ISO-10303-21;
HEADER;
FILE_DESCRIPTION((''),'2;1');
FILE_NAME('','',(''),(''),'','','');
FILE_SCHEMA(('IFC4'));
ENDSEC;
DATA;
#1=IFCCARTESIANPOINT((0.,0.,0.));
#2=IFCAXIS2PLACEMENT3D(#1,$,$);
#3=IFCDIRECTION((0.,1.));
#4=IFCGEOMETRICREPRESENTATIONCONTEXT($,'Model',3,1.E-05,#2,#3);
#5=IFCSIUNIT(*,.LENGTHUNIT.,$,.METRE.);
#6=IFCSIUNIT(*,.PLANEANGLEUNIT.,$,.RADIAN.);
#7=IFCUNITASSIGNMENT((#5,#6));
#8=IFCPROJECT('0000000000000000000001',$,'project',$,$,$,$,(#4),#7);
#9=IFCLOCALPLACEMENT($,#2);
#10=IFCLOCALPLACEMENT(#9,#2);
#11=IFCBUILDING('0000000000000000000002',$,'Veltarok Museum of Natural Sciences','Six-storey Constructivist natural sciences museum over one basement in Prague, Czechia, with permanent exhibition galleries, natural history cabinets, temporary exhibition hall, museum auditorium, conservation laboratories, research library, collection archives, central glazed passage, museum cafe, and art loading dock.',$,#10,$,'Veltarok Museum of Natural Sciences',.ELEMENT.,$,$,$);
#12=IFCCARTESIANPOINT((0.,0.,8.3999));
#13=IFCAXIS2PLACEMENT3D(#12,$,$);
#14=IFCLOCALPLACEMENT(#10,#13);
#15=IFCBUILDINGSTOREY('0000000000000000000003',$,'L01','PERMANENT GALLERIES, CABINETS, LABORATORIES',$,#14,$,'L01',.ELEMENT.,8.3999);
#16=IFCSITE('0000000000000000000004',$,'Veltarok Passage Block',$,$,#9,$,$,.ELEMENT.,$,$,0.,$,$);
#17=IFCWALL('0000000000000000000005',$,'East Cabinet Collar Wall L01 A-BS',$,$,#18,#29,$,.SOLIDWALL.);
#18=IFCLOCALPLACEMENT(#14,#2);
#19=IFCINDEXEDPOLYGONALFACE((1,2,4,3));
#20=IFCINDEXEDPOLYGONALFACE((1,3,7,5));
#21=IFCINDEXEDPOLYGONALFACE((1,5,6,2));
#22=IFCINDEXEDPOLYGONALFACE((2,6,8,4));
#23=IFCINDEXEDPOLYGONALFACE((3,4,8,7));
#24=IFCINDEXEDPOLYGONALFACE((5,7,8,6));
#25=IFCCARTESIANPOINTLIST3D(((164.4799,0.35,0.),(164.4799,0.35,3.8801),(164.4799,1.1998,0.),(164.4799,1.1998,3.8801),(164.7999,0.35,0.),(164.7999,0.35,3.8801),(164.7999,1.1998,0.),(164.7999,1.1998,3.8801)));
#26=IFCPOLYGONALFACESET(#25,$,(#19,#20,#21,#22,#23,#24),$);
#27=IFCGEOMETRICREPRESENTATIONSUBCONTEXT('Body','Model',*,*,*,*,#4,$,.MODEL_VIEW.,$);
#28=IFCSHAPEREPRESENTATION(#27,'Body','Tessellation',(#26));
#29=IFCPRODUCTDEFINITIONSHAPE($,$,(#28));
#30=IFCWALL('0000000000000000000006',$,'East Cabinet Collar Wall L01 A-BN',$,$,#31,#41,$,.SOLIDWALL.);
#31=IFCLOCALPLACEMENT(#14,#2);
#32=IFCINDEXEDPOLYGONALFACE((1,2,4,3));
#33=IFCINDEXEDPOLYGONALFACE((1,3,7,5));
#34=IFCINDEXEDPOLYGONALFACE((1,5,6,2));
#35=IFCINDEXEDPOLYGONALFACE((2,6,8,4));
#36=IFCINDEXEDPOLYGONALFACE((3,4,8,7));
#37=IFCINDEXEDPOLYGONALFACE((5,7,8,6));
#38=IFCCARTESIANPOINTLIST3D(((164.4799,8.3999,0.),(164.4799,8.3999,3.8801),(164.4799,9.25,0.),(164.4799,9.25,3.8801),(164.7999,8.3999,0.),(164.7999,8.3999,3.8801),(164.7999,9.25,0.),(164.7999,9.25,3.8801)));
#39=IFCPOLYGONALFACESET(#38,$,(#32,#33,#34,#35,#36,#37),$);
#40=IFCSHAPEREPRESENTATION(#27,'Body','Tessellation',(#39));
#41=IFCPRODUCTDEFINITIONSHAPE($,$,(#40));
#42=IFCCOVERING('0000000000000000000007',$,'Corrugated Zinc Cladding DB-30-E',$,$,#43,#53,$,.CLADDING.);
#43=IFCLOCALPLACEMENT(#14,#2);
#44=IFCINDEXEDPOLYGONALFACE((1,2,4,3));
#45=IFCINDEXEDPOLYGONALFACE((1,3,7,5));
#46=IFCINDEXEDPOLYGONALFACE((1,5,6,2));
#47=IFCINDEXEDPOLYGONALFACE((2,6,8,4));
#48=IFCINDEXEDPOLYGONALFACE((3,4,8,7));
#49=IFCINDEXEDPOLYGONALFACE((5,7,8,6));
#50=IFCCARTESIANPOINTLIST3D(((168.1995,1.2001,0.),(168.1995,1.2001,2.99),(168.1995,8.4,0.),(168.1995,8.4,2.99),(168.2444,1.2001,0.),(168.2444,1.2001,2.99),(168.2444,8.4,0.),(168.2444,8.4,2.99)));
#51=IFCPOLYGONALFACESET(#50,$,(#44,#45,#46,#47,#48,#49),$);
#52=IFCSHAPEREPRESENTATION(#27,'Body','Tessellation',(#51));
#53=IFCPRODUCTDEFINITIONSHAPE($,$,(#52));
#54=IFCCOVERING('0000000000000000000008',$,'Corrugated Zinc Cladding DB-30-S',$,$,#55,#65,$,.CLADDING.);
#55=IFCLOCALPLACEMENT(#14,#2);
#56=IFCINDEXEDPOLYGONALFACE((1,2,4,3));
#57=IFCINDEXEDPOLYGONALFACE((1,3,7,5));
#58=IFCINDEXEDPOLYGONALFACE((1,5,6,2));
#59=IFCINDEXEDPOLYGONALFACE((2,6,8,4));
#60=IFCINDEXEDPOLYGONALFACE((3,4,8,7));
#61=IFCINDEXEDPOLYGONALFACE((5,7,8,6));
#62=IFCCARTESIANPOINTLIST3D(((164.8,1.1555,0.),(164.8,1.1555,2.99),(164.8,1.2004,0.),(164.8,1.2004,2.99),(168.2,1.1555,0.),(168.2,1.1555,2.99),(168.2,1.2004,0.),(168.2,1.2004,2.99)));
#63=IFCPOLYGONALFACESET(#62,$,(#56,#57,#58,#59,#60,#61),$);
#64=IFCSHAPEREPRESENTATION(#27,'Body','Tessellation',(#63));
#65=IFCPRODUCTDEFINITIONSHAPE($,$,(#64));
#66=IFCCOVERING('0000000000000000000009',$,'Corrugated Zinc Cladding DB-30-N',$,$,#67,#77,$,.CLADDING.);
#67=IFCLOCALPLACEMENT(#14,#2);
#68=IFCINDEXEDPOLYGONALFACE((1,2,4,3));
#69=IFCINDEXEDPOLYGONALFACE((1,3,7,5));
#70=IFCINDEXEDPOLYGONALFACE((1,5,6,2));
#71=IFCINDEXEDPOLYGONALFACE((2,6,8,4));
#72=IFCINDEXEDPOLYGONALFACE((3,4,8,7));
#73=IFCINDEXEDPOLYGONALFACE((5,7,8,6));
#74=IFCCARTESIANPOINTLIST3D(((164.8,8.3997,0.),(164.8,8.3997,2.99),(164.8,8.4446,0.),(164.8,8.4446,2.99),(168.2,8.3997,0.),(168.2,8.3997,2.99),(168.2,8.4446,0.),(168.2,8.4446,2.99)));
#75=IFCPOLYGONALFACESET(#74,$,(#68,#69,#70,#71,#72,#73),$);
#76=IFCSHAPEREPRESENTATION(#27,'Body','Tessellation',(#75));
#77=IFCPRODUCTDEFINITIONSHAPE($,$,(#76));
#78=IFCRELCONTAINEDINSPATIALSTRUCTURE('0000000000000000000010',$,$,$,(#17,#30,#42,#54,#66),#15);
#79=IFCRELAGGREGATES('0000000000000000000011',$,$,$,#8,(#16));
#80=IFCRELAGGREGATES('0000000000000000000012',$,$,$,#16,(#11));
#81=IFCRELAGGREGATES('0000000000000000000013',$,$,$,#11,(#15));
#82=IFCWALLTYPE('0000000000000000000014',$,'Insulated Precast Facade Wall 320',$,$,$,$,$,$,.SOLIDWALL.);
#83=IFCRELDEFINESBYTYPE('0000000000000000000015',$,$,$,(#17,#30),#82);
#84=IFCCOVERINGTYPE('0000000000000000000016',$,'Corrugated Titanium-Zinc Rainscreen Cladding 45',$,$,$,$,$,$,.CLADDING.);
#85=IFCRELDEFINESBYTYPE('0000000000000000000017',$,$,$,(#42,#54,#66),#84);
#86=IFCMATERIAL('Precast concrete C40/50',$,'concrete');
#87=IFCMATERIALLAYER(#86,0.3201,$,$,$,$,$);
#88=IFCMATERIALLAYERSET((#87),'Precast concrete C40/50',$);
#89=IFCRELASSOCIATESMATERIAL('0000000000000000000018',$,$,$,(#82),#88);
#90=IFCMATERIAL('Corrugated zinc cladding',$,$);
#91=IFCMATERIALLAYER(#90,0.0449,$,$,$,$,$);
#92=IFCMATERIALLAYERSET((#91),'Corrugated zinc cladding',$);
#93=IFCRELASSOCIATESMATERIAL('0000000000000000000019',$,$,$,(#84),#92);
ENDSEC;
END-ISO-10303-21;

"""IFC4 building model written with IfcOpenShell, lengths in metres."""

from ifc_helpers import new_model, si_unit, direction, frame, frame_2d, origin, place, context, subcontext, project, spatial, rectangle, extrude, material, layer, layer_set, type_object, element, save


model = new_model("IFC4")

# Units and contexts
model_context = context("Model", 3, precision=1e-05, world=origin(), true_north=direction((0.0, 1.0)))
body_context = subcontext(model_context, "Body", "Model", "MODEL_VIEW")
ifc_project = project(units=[si_unit("LENGTHUNIT", "METRE"), si_unit("PLANEANGLEUNIT", "RADIAN")], contexts=[model_context])

# Site, building, storey
site_placement = place(None, origin())
site = spatial("IfcSite", under=ifc_project, at=site_placement, Name="Veltarok Passage Block", CompositionType="ELEMENT", RefElevation=0.0)
building_placement = place(site_placement, origin())
building = spatial("IfcBuilding", under=site, at=building_placement, Name="Veltarok Museum of Natural Sciences", Description="Six-storey Constructivist natural sciences museum over one basement in Prague, Czechia, with permanent exhibition galleries, natural history cabinets, temporary exhibition hall, museum auditorium, conservation laboratories, research library, collection archives, central glazed passage, museum cafe, and art loading dock.", LongName="Veltarok Museum of Natural Sciences", CompositionType="ELEMENT")
storey_placement = place(building_placement, frame((0.0, 0.0, 8.3999)))
storey = spatial("IfcBuildingStorey", under=building, at=storey_placement, Name="L01", Description="PERMANENT GALLERIES, CABINETS, LABORATORIES", LongName="L01", CompositionType="ELEMENT", Elevation=8.3999)

# Shared definitions
ifc_material_1 = material(Name="Precast concrete C40/50", Category="concrete")

# Shared definitions
ifc_layer_1 = layer(ifc_material_1, 0.3201)
ifc_layer_set_1 = layer_set([ifc_layer_1], Name="Precast concrete C40/50")
wall_type_1 = type_object("IfcWallType", Name="Insulated Precast Facade Wall 320", PredefinedType="SOLIDWALL", material=ifc_layer_set_1)

# Walls
wall_1_placement = place(storey_placement, frame((164.6399, 0.3501, 0.0), z_axis=(0.0, 0.0, 1.0), x_axis=(0.0, 1.0, 0.0)))
element("IfcWall", 1, at=wall_1_placement, inside=storey, type_object=wall_type_1, Name="East Cabinet Collar Wall L01 A-BS", PredefinedType="SOLIDWALL", context=body_context, shape_type="SweptSolid", body=[
    extrude(rectangle(XDim=0.8499, YDim=0.3201, at=frame_2d((0.4248, 0.0))), origin(), (0.0, 0.0, 1.0), 3.8801),
])
wall_2_placement = place(storey_placement, frame((164.6399, 8.3999, 0.0), z_axis=(0.0, 0.0, 1.0), x_axis=(0.0, 1.0, 0.0)))
element("IfcWall", 2, at=wall_2_placement, inside=storey, type_object=wall_type_1, Name="East Cabinet Collar Wall L01 A-BN", PredefinedType="SOLIDWALL", context=body_context, shape_type="SweptSolid", body=[
    extrude(rectangle(XDim=0.8501, YDim=0.3201, at=frame_2d((0.425, 0.0))), origin(), (0.0, 0.0, 1.0), 3.8801),
])

# Coverings
ifc_material_2 = material(Name="Corrugated zinc cladding")
ifc_layer_2 = layer(ifc_material_2, 0.0449)
ifc_layer_set_2 = layer_set([ifc_layer_2], Name="Corrugated zinc cladding")
covering_type = type_object("IfcCoveringType", Name="Corrugated Titanium-Zinc Rainscreen Cladding 45", PredefinedType="CLADDING", material=ifc_layer_set_2)
covering_placement = place(storey_placement, frame((168.2219, 1.2, 0.0), z_axis=(0.0, 0.0, 1.0), x_axis=(0.0, 1.0, 0.0)))
element("IfcCovering", 3, at=covering_placement, inside=storey, type_object=covering_type, Name="Corrugated Zinc Cladding DB-30-E", PredefinedType="CLADDING", context=body_context, shape_type="SweptSolid", body=[
    extrude(rectangle(XDim=7.2, YDim=0.0449, at=frame_2d((3.6001, 0.0))), origin(), (0.0, 0.0, 1.0), 2.99),
])
for number, where, z_axis, x_axis, name in (
    (4, (164.8, 1.178, 0.0), (0.0, 0.0, 1.0), (1.0, 0.0, 0.0), "Corrugated Zinc Cladding DB-30-S"),
    (5, (168.2, 8.4221, 0.0), (0.0, 0.0, 1.0), (-1.0, 0.0, 0.0), "Corrugated Zinc Cladding DB-30-N"),
):
    element("IfcCovering", number, at=place(storey_placement, frame(where, z_axis=z_axis, x_axis=x_axis)), inside=storey, type_object=covering_type, Name=name, PredefinedType="CLADDING", context=body_context, shape_type="SweptSolid", body=[
        extrude(rectangle(XDim=3.3999, YDim=0.0449, at=frame_2d((1.7, 0.0))), origin(), (0.0, 0.0, 1.0), 2.99),
    ])

save(model, "model.ifc")
